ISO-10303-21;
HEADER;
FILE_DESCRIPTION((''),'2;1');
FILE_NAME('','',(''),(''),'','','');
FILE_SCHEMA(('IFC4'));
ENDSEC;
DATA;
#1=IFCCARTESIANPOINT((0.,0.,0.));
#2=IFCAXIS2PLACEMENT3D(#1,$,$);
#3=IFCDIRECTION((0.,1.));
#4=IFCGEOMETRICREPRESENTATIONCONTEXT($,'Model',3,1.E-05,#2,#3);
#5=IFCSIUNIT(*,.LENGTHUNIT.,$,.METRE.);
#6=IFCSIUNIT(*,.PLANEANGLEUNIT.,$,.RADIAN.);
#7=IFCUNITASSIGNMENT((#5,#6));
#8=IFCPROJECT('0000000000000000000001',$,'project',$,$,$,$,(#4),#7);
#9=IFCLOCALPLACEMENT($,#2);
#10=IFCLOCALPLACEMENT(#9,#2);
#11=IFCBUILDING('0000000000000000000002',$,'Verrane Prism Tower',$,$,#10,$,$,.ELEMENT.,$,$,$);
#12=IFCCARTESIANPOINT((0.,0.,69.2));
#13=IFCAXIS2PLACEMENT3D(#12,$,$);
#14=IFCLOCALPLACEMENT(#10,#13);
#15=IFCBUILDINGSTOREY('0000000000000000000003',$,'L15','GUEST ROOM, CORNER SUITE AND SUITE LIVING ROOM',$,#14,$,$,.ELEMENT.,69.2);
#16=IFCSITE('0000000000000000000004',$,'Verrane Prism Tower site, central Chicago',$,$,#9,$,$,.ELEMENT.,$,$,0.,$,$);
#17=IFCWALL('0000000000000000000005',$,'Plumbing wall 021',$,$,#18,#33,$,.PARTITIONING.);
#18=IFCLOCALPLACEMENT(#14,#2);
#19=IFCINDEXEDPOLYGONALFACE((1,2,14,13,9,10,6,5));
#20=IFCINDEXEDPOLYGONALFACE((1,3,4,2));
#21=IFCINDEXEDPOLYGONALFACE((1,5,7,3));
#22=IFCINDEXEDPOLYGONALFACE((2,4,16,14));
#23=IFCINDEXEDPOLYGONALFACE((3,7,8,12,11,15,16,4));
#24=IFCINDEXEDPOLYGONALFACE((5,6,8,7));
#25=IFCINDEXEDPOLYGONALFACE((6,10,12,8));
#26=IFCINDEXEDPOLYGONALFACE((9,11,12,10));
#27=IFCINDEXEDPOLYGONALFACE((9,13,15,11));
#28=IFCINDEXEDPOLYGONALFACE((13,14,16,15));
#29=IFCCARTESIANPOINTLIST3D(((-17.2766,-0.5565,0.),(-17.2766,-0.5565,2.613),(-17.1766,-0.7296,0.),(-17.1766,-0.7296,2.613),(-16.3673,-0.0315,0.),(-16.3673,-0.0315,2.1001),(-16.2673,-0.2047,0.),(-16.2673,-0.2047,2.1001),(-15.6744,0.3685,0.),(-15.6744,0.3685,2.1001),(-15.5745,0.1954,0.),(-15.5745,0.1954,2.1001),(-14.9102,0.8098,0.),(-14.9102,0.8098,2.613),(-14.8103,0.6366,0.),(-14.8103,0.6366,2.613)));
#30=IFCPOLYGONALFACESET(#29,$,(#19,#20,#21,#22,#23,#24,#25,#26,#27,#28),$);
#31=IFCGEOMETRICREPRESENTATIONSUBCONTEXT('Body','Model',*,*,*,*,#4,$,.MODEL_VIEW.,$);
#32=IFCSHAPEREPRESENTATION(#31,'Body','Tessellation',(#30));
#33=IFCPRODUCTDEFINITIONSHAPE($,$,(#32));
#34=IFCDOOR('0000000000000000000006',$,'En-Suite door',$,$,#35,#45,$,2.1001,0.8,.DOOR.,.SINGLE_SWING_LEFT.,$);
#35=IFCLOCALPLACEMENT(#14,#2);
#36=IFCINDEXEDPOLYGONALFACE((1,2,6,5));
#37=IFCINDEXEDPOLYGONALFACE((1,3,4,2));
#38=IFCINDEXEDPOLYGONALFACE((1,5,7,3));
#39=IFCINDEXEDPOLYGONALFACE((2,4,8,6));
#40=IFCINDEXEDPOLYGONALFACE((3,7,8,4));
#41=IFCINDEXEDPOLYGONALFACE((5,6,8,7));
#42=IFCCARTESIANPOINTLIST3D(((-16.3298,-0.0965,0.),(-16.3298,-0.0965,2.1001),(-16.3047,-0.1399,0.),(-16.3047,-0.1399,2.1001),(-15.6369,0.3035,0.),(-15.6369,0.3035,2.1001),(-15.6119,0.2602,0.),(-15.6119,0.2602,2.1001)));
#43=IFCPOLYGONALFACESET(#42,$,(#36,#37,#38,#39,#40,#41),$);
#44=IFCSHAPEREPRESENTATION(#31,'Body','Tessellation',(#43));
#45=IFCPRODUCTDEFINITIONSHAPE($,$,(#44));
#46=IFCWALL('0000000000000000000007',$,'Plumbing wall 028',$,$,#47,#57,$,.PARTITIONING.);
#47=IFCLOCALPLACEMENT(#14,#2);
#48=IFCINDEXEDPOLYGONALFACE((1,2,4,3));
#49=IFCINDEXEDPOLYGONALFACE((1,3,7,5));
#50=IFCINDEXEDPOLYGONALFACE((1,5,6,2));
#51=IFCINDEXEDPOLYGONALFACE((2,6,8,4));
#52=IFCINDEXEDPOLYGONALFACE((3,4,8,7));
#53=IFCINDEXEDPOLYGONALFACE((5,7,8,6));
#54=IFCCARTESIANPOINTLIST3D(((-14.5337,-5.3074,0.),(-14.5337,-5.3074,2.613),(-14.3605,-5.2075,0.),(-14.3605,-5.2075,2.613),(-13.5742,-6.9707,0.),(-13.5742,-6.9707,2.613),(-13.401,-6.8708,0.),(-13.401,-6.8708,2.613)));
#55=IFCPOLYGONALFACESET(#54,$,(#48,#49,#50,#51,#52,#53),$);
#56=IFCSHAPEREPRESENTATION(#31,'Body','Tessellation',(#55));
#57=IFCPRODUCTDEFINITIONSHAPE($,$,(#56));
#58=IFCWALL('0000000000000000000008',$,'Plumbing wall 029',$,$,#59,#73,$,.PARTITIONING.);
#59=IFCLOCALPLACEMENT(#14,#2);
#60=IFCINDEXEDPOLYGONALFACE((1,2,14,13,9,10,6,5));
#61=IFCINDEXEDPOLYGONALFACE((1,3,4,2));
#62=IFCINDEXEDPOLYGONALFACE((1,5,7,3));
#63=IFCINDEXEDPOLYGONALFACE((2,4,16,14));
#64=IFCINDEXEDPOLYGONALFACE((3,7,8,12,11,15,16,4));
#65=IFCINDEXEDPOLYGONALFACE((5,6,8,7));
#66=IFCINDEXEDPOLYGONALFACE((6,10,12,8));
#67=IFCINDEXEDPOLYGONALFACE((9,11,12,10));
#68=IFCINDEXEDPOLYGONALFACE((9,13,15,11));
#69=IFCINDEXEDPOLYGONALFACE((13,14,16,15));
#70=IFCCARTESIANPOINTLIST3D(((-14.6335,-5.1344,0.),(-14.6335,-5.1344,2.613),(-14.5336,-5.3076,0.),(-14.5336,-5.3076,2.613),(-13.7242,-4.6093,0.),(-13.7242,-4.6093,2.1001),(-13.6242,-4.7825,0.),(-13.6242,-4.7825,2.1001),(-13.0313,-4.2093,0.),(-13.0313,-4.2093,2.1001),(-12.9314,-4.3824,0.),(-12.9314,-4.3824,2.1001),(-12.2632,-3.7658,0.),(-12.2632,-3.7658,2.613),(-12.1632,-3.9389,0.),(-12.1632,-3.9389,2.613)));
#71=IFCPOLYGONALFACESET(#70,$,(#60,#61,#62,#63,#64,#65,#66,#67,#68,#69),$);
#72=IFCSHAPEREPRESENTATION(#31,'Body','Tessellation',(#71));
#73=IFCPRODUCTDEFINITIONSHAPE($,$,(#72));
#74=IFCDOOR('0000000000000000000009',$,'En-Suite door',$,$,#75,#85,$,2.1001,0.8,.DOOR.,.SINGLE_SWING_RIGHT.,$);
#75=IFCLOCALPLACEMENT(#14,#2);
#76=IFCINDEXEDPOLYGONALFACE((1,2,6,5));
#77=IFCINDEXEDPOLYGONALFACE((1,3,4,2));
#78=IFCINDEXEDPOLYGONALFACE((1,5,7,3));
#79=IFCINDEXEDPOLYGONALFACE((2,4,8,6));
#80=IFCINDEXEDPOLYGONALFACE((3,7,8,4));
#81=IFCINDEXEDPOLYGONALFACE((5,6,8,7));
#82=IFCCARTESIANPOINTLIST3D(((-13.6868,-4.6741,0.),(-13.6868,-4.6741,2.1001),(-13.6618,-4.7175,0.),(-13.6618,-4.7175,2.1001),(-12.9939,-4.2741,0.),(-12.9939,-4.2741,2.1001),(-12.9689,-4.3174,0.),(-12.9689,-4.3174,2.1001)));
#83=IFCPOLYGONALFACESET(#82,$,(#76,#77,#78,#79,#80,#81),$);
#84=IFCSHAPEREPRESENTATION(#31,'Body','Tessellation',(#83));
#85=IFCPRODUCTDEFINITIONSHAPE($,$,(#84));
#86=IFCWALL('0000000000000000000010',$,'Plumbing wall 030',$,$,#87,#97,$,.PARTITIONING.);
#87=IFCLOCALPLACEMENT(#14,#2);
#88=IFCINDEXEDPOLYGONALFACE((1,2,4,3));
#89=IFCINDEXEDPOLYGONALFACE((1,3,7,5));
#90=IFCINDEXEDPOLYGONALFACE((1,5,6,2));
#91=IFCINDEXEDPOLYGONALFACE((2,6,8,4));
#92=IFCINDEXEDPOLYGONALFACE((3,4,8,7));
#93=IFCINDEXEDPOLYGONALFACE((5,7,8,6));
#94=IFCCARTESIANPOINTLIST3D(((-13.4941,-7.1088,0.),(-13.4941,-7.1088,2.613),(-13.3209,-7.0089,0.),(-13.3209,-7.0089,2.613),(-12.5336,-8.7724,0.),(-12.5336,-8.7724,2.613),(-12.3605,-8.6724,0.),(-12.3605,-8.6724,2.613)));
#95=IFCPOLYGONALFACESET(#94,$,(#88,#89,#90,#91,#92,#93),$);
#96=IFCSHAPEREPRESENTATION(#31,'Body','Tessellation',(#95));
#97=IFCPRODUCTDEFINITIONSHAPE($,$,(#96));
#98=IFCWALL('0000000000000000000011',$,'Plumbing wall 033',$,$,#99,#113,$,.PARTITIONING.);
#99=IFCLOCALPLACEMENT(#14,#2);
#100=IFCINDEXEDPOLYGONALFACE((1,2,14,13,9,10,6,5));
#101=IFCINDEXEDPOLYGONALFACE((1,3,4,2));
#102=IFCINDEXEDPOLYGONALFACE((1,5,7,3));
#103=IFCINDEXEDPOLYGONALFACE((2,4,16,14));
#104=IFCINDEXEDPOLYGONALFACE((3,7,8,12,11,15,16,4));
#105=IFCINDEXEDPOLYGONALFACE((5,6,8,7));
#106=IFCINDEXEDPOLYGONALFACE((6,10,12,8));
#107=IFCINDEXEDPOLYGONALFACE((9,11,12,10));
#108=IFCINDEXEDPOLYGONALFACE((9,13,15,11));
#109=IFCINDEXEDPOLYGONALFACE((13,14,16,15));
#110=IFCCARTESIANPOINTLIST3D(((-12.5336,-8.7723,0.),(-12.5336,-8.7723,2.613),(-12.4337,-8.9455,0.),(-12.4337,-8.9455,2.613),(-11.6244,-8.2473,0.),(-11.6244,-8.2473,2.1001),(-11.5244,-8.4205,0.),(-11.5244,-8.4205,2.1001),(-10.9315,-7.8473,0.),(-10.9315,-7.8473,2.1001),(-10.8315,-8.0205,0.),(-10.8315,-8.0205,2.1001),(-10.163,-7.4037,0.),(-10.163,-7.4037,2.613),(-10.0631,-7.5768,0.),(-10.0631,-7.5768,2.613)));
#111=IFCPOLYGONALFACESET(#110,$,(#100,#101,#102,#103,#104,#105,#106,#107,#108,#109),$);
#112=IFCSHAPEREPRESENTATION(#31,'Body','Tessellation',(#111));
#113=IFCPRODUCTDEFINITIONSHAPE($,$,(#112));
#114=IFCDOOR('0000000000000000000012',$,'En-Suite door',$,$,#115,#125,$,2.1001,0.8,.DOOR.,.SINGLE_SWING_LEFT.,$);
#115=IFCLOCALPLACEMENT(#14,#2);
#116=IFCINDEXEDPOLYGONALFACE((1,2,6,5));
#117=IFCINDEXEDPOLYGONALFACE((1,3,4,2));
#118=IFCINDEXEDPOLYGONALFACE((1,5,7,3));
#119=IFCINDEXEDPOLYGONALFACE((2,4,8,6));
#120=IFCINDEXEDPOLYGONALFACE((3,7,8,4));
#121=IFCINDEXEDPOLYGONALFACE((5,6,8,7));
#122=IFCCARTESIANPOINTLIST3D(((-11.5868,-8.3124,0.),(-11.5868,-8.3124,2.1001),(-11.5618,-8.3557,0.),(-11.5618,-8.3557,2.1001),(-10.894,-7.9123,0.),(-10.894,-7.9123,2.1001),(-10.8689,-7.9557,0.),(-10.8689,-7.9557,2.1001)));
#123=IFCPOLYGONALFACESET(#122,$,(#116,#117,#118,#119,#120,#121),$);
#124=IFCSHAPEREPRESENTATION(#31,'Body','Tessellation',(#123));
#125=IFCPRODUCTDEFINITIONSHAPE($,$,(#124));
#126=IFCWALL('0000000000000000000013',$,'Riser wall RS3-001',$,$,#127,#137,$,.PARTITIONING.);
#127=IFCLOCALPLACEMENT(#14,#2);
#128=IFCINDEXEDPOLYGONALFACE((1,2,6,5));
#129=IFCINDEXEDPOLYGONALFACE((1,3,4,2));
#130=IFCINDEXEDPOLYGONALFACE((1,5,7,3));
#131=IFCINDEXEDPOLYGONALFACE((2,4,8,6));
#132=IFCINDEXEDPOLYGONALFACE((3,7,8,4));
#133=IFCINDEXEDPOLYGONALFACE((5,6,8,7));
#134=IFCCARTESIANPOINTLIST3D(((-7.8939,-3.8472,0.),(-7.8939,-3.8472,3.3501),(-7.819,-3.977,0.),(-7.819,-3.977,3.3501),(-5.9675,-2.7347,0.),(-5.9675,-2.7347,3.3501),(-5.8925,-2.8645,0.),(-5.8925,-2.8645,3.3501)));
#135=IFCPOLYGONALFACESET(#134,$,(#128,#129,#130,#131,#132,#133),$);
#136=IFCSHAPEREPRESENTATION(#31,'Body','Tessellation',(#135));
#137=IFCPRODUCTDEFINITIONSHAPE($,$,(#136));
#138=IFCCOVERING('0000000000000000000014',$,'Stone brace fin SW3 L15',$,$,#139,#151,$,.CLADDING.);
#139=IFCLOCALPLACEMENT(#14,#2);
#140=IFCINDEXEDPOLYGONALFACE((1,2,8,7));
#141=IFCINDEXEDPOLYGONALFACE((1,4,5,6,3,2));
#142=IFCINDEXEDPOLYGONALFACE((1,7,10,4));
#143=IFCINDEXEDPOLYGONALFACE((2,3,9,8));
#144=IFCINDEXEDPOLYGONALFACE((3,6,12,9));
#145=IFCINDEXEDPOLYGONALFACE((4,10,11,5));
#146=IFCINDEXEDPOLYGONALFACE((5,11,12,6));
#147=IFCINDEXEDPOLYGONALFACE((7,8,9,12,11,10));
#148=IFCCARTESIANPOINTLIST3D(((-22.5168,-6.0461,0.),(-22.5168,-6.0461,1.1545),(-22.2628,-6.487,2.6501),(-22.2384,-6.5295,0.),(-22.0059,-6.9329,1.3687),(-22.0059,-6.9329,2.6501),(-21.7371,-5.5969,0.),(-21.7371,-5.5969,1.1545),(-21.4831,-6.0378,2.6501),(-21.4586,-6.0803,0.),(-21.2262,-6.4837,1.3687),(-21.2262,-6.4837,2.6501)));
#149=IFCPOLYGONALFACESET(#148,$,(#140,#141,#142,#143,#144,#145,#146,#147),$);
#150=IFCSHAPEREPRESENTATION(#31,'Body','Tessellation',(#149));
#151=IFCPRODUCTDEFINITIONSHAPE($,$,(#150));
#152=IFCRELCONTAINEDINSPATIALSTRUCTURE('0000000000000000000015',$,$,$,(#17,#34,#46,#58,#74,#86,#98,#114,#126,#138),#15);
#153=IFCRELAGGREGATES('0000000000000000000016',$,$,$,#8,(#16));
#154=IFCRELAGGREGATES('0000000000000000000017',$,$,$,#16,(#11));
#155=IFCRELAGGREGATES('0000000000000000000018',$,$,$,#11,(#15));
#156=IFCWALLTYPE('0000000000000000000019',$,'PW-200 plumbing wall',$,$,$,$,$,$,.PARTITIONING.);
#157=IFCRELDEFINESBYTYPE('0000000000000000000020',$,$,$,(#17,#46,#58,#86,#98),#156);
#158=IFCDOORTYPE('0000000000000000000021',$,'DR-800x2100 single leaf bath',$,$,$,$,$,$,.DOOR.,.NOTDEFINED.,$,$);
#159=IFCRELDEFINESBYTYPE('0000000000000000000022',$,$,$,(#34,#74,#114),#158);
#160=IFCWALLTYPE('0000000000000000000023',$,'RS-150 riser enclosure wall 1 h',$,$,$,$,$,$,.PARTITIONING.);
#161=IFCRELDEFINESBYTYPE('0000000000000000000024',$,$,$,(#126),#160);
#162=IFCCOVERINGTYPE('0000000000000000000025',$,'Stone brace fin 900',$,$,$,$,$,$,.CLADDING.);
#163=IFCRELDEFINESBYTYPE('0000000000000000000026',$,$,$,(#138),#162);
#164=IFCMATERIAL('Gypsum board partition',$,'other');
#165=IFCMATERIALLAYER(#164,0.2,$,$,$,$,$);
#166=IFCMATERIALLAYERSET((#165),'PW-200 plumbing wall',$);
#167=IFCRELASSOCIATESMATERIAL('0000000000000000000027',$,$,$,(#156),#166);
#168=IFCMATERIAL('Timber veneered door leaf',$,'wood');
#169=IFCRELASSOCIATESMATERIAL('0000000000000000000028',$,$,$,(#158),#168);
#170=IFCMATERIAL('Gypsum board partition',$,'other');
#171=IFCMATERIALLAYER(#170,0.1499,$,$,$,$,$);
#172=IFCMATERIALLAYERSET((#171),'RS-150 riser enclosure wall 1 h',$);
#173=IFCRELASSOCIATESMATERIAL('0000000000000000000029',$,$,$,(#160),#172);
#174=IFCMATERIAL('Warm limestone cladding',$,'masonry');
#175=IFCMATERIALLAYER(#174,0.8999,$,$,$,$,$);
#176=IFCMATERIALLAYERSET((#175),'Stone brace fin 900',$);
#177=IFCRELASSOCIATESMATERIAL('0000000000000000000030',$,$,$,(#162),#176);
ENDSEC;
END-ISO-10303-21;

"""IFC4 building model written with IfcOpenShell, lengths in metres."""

from ifc_helpers import new_model, si_unit, direction, frame, frame_2d, origin, place, context, subcontext, project, spatial, polyline, rectangle, outline, extrude, material, layer, layer_set, type_object, element, fill, save


model = new_model("IFC4")

# Units and contexts
model_context = context("Model", 3, precision=1e-05, world=origin(), true_north=direction((0.0, 1.0)))
body_context = subcontext(model_context, "Body", "Model", "MODEL_VIEW")
ifc_project = project(units=[si_unit("LENGTHUNIT", "METRE"), si_unit("PLANEANGLEUNIT", "RADIAN")], contexts=[model_context])

# Site, building, storey
site_placement = place(None, origin())
site = spatial("IfcSite", under=ifc_project, at=site_placement, Name="Verrane Prism Tower site, central Chicago", CompositionType="ELEMENT", RefElevation=0.0)
building_placement = place(site_placement, origin())
building = spatial("IfcBuilding", under=site, at=building_placement, Name="Verrane Prism Tower", CompositionType="ELEMENT")
storey_placement = place(building_placement, frame((0.0, 0.0, 69.2)))
storey = spatial("IfcBuildingStorey", under=building, at=storey_placement, Name="L15", Description="GUEST ROOM, CORNER SUITE AND SUITE LIVING ROOM", CompositionType="ELEMENT", Elevation=69.2)

# Wall, opening, door
ifc_material_1 = material(Name="Gypsum board partition", Category="other")
ifc_layer_1 = layer(ifc_material_1, 0.2)
ifc_layer_set_1 = layer_set([ifc_layer_1], Name="PW-200 plumbing wall")
wall_type_1 = type_object("IfcWallType", Name="PW-200 plumbing wall", PredefinedType="PARTITIONING", material=ifc_layer_set_1)
wall_1_placement = place(storey_placement, frame((-17.2266, -0.6431, 0.0), z_axis=(0.0, 0.0, 1.0), x_axis=(0.866013, 0.500022, 0.0)))
wall_1 = element("IfcWall", 1, at=wall_1_placement, inside=storey, type_object=wall_type_1, Name="Plumbing wall 021", PredefinedType="PARTITIONING", context=body_context, shape_type="SweptSolid", body=[
    extrude(rectangle(XDim=2.7324, YDim=0.2, at=frame_2d((1.3662, 0.0))), origin(), (0.0, 0.0, 1.0), 2.613),
])
opening_1_placement = place(wall_1_placement, frame((1.05, 0.0, 0.0)))
opening_1 = element("IfcOpeningElement", 2, at=opening_1_placement, cuts=wall_1, PredefinedType="OPENING", context=body_context, shape_type="SweptSolid", body=[
    extrude(rectangle(XDim=0.8, YDim=2.1001, at=frame_2d((0.3999, 1.05))), frame((0.0, 0.1099, 0.0), z_axis=(0.0, -1.0, 0.0), x_axis=(1.0, 0.0, 0.0)), (0.0, 0.0, 1.0), 0.22),
])
ifc_material_2 = material(Name="Timber veneered door leaf", Category="wood")
door_type = type_object("IfcDoorType", Name="DR-800x2100 single leaf bath", OperationType="NOTDEFINED", PredefinedType="DOOR", material=ifc_material_2)
door_1_placement = place(opening_1_placement, origin())
door_1 = element("IfcDoor", 3, at=door_1_placement, inside=storey, type_object=door_type, Name="En-Suite door", OperationType="SINGLE_SWING_LEFT", OverallHeight=2.1001, OverallWidth=0.8, PredefinedType="DOOR", context=body_context, shape_type="SweptSolid", body=[
    extrude(rectangle(XDim=0.8, YDim=2.1001, at=frame_2d((0.3999, 1.05))), frame((0.0, 0.0249, 0.0), z_axis=(0.0, -1.0, 0.0), x_axis=(1.0, 0.0, 0.0)), (0.0, 0.0, 1.0), 0.05),
])
fill(opening_1, door_1)

# Wall
wall_2_placement = place(storey_placement, frame((-14.447, -5.2576, 0.0), z_axis=(0.0, 0.0, 1.0), x_axis=(0.499667, -0.866217, 0.0)))
element("IfcWall", 4, at=wall_2_placement, inside=storey, type_object=wall_type_1, Name="Plumbing wall 028", PredefinedType="PARTITIONING", context=body_context, shape_type="SweptSolid", body=[
    extrude(rectangle(XDim=1.9202, YDim=0.2, at=frame_2d((0.96, 0.0))), origin(), (0.0, 0.0, 1.0), 2.613),
])

# Wall, opening, door
wall_3_placement = place(storey_placement, frame((-12.2131, -3.8523, 0.0), z_axis=(0.0, 0.0, 1.0), x_axis=(-0.866006, -0.500034, 0.0)))
wall_3 = element("IfcWall", 5, at=wall_3_placement, inside=storey, type_object=wall_type_1, Name="Plumbing wall 029", PredefinedType="PARTITIONING", context=body_context, shape_type="SweptSolid", body=[
    extrude(rectangle(XDim=2.7371, YDim=0.2, at=frame_2d((1.3687, 0.0))), origin(), (0.0, 0.0, 1.0), 2.613),
])
opening_2_placement = place(wall_3_placement, frame((0.8872, 0.0, 0.0)))
opening_2 = element("IfcOpeningElement", 6, at=opening_2_placement, cuts=wall_3, PredefinedType="OPENING", context=body_context, shape_type="SweptSolid", body=[
    extrude(rectangle(XDim=0.8, YDim=2.1001, at=frame_2d((0.3999, 1.05))), frame((0.0, 0.1099, 0.0), z_axis=(0.0, -1.0, 0.0), x_axis=(1.0, 0.0, 0.0)), (0.0, 0.0, 1.0), 0.22),
])
door_2_placement = place(opening_2_placement, origin())
door_2 = element("IfcDoor", 7, at=door_2_placement, inside=storey, type_object=door_type, Name="En-Suite door", OperationType="SINGLE_SWING_RIGHT", OverallHeight=2.1001, OverallWidth=0.8, PredefinedType="DOOR", context=body_context, shape_type="SweptSolid", body=[
    extrude(rectangle(XDim=0.8, YDim=2.1001, at=frame_2d((0.3999, 1.05))), frame((0.0, 0.0249, 0.0), z_axis=(0.0, -1.0, 0.0), x_axis=(1.0, 0.0, 0.0)), (0.0, 0.0, 1.0), 0.05),
])
fill(opening_2, door_2)

# Wall
wall_4_placement = place(storey_placement, frame((-13.4075, -7.0588, 0.0), z_axis=(0.0, 0.0, 1.0), x_axis=(0.499994, -0.866029, 0.0)))
element("IfcWall", 8, at=wall_4_placement, inside=storey, type_object=wall_type_1, Name="Plumbing wall 030", PredefinedType="PARTITIONING", context=body_context, shape_type="SweptSolid", body=[
    extrude(rectangle(XDim=1.9209, YDim=0.2, at=frame_2d((0.9604, 0.0))), origin(), (0.0, 0.0, 1.0), 2.613),
])

# Wall, opening, door
wall_5_placement = place(storey_placement, frame((-12.4836, -8.8589, 0.0), z_axis=(0.0, 0.0, 1.0), x_axis=(0.866028, 0.499995, 0.0)))
wall_5 = element("IfcWall", 9, at=wall_5_placement, inside=storey, type_object=wall_type_1, Name="Plumbing wall 033", PredefinedType="PARTITIONING", context=body_context, shape_type="SweptSolid", body=[
    extrude(rectangle(XDim=2.7373, YDim=0.2, at=frame_2d((1.3687, 0.0))), origin(), (0.0, 0.0, 1.0), 2.613),
])
opening_3_placement = place(wall_5_placement, frame((1.05, 0.0, 0.0)))
opening_3 = element("IfcOpeningElement", 10, at=opening_3_placement, cuts=wall_5, PredefinedType="OPENING", context=body_context, shape_type="SweptSolid", body=[
    extrude(rectangle(XDim=0.8, YDim=2.1001, at=frame_2d((0.3999, 1.05))), frame((0.0, 0.1099, 0.0), z_axis=(0.0, -1.0, 0.0), x_axis=(1.0, 0.0, 0.0)), (0.0, 0.0, 1.0), 0.22),
])
door_3_placement = place(opening_3_placement, origin())
door_3 = element("IfcDoor", 11, at=door_3_placement, inside=storey, type_object=door_type, Name="En-Suite door", OperationType="SINGLE_SWING_LEFT", OverallHeight=2.1001, OverallWidth=0.8, PredefinedType="DOOR", context=body_context, shape_type="SweptSolid", body=[
    extrude(rectangle(XDim=0.8, YDim=2.1001, at=frame_2d((0.3999, 1.05))), frame((0.0, 0.0249, 0.0), z_axis=(0.0, -1.0, 0.0), x_axis=(1.0, 0.0, 0.0)), (0.0, 0.0, 1.0), 0.05),
])
fill(opening_3, door_3)

# Wall
ifc_material_3 = material(Name="Gypsum board partition", Category="other")
ifc_layer_2 = layer(ifc_material_3, 0.1499)
ifc_layer_set_2 = layer_set([ifc_layer_2], Name="RS-150 riser enclosure wall 1 h")
wall_type_2 = type_object("IfcWallType", Name="RS-150 riser enclosure wall 1 h", PredefinedType="PARTITIONING", material=ifc_layer_set_2)
wall_6_placement = place(storey_placement, frame((-7.8564, -3.9121, 0.0), z_axis=(0.0, 0.0, 1.0), x_axis=(0.865972, 0.500093, 0.0)))
element("IfcWall", 12, at=wall_6_placement, inside=storey, type_object=wall_type_2, Name="Riser wall RS3-001", PredefinedType="PARTITIONING", context=body_context, shape_type="SweptSolid", body=[
    extrude(rectangle(XDim=2.2246, YDim=0.1499, at=frame_2d((1.1123, 0.0))), origin(), (0.0, 0.0, 1.0), 3.3501),
])

# Covering
ifc_material_4 = material(Name="Warm limestone cladding", Category="masonry")
ifc_layer_3 = layer(ifc_material_4, 0.8999)
ifc_layer_set_3 = layer_set([ifc_layer_3], Name="Stone brace fin 900")
covering_type = type_object("IfcCoveringType", Name="Stone brace fin 900", PredefinedType="CLADDING", material=ifc_layer_set_3)
covering_placement = place(storey_placement, frame((-22.127, -5.8215, 0.0), z_axis=(0.0, 0.0, 1.0), x_axis=(0.499192, -0.866491, 0.0)))
element("IfcCovering", 13, at=covering_placement, inside=storey, type_object=covering_type, Name="Stone brace fin SW3 L15", PredefinedType="CLADDING", context=body_context, shape_type="SweptSolid", body=[
    extrude(outline(polyline([(1.0234, 2.6501), (0.5088, 2.6501), (0.0, 1.1545), (0.0, 0.0), (0.5579, 0.0), (1.0234, 1.3687), (1.0234, 2.6501)])), frame((0.0, 0.45, 0.0), z_axis=(0.0, -1.0, 0.0), x_axis=(1.0, 0.0, 0.0)), (0.0, 0.0, 1.0), 0.8999),
])

save(model, "model.ifc")
